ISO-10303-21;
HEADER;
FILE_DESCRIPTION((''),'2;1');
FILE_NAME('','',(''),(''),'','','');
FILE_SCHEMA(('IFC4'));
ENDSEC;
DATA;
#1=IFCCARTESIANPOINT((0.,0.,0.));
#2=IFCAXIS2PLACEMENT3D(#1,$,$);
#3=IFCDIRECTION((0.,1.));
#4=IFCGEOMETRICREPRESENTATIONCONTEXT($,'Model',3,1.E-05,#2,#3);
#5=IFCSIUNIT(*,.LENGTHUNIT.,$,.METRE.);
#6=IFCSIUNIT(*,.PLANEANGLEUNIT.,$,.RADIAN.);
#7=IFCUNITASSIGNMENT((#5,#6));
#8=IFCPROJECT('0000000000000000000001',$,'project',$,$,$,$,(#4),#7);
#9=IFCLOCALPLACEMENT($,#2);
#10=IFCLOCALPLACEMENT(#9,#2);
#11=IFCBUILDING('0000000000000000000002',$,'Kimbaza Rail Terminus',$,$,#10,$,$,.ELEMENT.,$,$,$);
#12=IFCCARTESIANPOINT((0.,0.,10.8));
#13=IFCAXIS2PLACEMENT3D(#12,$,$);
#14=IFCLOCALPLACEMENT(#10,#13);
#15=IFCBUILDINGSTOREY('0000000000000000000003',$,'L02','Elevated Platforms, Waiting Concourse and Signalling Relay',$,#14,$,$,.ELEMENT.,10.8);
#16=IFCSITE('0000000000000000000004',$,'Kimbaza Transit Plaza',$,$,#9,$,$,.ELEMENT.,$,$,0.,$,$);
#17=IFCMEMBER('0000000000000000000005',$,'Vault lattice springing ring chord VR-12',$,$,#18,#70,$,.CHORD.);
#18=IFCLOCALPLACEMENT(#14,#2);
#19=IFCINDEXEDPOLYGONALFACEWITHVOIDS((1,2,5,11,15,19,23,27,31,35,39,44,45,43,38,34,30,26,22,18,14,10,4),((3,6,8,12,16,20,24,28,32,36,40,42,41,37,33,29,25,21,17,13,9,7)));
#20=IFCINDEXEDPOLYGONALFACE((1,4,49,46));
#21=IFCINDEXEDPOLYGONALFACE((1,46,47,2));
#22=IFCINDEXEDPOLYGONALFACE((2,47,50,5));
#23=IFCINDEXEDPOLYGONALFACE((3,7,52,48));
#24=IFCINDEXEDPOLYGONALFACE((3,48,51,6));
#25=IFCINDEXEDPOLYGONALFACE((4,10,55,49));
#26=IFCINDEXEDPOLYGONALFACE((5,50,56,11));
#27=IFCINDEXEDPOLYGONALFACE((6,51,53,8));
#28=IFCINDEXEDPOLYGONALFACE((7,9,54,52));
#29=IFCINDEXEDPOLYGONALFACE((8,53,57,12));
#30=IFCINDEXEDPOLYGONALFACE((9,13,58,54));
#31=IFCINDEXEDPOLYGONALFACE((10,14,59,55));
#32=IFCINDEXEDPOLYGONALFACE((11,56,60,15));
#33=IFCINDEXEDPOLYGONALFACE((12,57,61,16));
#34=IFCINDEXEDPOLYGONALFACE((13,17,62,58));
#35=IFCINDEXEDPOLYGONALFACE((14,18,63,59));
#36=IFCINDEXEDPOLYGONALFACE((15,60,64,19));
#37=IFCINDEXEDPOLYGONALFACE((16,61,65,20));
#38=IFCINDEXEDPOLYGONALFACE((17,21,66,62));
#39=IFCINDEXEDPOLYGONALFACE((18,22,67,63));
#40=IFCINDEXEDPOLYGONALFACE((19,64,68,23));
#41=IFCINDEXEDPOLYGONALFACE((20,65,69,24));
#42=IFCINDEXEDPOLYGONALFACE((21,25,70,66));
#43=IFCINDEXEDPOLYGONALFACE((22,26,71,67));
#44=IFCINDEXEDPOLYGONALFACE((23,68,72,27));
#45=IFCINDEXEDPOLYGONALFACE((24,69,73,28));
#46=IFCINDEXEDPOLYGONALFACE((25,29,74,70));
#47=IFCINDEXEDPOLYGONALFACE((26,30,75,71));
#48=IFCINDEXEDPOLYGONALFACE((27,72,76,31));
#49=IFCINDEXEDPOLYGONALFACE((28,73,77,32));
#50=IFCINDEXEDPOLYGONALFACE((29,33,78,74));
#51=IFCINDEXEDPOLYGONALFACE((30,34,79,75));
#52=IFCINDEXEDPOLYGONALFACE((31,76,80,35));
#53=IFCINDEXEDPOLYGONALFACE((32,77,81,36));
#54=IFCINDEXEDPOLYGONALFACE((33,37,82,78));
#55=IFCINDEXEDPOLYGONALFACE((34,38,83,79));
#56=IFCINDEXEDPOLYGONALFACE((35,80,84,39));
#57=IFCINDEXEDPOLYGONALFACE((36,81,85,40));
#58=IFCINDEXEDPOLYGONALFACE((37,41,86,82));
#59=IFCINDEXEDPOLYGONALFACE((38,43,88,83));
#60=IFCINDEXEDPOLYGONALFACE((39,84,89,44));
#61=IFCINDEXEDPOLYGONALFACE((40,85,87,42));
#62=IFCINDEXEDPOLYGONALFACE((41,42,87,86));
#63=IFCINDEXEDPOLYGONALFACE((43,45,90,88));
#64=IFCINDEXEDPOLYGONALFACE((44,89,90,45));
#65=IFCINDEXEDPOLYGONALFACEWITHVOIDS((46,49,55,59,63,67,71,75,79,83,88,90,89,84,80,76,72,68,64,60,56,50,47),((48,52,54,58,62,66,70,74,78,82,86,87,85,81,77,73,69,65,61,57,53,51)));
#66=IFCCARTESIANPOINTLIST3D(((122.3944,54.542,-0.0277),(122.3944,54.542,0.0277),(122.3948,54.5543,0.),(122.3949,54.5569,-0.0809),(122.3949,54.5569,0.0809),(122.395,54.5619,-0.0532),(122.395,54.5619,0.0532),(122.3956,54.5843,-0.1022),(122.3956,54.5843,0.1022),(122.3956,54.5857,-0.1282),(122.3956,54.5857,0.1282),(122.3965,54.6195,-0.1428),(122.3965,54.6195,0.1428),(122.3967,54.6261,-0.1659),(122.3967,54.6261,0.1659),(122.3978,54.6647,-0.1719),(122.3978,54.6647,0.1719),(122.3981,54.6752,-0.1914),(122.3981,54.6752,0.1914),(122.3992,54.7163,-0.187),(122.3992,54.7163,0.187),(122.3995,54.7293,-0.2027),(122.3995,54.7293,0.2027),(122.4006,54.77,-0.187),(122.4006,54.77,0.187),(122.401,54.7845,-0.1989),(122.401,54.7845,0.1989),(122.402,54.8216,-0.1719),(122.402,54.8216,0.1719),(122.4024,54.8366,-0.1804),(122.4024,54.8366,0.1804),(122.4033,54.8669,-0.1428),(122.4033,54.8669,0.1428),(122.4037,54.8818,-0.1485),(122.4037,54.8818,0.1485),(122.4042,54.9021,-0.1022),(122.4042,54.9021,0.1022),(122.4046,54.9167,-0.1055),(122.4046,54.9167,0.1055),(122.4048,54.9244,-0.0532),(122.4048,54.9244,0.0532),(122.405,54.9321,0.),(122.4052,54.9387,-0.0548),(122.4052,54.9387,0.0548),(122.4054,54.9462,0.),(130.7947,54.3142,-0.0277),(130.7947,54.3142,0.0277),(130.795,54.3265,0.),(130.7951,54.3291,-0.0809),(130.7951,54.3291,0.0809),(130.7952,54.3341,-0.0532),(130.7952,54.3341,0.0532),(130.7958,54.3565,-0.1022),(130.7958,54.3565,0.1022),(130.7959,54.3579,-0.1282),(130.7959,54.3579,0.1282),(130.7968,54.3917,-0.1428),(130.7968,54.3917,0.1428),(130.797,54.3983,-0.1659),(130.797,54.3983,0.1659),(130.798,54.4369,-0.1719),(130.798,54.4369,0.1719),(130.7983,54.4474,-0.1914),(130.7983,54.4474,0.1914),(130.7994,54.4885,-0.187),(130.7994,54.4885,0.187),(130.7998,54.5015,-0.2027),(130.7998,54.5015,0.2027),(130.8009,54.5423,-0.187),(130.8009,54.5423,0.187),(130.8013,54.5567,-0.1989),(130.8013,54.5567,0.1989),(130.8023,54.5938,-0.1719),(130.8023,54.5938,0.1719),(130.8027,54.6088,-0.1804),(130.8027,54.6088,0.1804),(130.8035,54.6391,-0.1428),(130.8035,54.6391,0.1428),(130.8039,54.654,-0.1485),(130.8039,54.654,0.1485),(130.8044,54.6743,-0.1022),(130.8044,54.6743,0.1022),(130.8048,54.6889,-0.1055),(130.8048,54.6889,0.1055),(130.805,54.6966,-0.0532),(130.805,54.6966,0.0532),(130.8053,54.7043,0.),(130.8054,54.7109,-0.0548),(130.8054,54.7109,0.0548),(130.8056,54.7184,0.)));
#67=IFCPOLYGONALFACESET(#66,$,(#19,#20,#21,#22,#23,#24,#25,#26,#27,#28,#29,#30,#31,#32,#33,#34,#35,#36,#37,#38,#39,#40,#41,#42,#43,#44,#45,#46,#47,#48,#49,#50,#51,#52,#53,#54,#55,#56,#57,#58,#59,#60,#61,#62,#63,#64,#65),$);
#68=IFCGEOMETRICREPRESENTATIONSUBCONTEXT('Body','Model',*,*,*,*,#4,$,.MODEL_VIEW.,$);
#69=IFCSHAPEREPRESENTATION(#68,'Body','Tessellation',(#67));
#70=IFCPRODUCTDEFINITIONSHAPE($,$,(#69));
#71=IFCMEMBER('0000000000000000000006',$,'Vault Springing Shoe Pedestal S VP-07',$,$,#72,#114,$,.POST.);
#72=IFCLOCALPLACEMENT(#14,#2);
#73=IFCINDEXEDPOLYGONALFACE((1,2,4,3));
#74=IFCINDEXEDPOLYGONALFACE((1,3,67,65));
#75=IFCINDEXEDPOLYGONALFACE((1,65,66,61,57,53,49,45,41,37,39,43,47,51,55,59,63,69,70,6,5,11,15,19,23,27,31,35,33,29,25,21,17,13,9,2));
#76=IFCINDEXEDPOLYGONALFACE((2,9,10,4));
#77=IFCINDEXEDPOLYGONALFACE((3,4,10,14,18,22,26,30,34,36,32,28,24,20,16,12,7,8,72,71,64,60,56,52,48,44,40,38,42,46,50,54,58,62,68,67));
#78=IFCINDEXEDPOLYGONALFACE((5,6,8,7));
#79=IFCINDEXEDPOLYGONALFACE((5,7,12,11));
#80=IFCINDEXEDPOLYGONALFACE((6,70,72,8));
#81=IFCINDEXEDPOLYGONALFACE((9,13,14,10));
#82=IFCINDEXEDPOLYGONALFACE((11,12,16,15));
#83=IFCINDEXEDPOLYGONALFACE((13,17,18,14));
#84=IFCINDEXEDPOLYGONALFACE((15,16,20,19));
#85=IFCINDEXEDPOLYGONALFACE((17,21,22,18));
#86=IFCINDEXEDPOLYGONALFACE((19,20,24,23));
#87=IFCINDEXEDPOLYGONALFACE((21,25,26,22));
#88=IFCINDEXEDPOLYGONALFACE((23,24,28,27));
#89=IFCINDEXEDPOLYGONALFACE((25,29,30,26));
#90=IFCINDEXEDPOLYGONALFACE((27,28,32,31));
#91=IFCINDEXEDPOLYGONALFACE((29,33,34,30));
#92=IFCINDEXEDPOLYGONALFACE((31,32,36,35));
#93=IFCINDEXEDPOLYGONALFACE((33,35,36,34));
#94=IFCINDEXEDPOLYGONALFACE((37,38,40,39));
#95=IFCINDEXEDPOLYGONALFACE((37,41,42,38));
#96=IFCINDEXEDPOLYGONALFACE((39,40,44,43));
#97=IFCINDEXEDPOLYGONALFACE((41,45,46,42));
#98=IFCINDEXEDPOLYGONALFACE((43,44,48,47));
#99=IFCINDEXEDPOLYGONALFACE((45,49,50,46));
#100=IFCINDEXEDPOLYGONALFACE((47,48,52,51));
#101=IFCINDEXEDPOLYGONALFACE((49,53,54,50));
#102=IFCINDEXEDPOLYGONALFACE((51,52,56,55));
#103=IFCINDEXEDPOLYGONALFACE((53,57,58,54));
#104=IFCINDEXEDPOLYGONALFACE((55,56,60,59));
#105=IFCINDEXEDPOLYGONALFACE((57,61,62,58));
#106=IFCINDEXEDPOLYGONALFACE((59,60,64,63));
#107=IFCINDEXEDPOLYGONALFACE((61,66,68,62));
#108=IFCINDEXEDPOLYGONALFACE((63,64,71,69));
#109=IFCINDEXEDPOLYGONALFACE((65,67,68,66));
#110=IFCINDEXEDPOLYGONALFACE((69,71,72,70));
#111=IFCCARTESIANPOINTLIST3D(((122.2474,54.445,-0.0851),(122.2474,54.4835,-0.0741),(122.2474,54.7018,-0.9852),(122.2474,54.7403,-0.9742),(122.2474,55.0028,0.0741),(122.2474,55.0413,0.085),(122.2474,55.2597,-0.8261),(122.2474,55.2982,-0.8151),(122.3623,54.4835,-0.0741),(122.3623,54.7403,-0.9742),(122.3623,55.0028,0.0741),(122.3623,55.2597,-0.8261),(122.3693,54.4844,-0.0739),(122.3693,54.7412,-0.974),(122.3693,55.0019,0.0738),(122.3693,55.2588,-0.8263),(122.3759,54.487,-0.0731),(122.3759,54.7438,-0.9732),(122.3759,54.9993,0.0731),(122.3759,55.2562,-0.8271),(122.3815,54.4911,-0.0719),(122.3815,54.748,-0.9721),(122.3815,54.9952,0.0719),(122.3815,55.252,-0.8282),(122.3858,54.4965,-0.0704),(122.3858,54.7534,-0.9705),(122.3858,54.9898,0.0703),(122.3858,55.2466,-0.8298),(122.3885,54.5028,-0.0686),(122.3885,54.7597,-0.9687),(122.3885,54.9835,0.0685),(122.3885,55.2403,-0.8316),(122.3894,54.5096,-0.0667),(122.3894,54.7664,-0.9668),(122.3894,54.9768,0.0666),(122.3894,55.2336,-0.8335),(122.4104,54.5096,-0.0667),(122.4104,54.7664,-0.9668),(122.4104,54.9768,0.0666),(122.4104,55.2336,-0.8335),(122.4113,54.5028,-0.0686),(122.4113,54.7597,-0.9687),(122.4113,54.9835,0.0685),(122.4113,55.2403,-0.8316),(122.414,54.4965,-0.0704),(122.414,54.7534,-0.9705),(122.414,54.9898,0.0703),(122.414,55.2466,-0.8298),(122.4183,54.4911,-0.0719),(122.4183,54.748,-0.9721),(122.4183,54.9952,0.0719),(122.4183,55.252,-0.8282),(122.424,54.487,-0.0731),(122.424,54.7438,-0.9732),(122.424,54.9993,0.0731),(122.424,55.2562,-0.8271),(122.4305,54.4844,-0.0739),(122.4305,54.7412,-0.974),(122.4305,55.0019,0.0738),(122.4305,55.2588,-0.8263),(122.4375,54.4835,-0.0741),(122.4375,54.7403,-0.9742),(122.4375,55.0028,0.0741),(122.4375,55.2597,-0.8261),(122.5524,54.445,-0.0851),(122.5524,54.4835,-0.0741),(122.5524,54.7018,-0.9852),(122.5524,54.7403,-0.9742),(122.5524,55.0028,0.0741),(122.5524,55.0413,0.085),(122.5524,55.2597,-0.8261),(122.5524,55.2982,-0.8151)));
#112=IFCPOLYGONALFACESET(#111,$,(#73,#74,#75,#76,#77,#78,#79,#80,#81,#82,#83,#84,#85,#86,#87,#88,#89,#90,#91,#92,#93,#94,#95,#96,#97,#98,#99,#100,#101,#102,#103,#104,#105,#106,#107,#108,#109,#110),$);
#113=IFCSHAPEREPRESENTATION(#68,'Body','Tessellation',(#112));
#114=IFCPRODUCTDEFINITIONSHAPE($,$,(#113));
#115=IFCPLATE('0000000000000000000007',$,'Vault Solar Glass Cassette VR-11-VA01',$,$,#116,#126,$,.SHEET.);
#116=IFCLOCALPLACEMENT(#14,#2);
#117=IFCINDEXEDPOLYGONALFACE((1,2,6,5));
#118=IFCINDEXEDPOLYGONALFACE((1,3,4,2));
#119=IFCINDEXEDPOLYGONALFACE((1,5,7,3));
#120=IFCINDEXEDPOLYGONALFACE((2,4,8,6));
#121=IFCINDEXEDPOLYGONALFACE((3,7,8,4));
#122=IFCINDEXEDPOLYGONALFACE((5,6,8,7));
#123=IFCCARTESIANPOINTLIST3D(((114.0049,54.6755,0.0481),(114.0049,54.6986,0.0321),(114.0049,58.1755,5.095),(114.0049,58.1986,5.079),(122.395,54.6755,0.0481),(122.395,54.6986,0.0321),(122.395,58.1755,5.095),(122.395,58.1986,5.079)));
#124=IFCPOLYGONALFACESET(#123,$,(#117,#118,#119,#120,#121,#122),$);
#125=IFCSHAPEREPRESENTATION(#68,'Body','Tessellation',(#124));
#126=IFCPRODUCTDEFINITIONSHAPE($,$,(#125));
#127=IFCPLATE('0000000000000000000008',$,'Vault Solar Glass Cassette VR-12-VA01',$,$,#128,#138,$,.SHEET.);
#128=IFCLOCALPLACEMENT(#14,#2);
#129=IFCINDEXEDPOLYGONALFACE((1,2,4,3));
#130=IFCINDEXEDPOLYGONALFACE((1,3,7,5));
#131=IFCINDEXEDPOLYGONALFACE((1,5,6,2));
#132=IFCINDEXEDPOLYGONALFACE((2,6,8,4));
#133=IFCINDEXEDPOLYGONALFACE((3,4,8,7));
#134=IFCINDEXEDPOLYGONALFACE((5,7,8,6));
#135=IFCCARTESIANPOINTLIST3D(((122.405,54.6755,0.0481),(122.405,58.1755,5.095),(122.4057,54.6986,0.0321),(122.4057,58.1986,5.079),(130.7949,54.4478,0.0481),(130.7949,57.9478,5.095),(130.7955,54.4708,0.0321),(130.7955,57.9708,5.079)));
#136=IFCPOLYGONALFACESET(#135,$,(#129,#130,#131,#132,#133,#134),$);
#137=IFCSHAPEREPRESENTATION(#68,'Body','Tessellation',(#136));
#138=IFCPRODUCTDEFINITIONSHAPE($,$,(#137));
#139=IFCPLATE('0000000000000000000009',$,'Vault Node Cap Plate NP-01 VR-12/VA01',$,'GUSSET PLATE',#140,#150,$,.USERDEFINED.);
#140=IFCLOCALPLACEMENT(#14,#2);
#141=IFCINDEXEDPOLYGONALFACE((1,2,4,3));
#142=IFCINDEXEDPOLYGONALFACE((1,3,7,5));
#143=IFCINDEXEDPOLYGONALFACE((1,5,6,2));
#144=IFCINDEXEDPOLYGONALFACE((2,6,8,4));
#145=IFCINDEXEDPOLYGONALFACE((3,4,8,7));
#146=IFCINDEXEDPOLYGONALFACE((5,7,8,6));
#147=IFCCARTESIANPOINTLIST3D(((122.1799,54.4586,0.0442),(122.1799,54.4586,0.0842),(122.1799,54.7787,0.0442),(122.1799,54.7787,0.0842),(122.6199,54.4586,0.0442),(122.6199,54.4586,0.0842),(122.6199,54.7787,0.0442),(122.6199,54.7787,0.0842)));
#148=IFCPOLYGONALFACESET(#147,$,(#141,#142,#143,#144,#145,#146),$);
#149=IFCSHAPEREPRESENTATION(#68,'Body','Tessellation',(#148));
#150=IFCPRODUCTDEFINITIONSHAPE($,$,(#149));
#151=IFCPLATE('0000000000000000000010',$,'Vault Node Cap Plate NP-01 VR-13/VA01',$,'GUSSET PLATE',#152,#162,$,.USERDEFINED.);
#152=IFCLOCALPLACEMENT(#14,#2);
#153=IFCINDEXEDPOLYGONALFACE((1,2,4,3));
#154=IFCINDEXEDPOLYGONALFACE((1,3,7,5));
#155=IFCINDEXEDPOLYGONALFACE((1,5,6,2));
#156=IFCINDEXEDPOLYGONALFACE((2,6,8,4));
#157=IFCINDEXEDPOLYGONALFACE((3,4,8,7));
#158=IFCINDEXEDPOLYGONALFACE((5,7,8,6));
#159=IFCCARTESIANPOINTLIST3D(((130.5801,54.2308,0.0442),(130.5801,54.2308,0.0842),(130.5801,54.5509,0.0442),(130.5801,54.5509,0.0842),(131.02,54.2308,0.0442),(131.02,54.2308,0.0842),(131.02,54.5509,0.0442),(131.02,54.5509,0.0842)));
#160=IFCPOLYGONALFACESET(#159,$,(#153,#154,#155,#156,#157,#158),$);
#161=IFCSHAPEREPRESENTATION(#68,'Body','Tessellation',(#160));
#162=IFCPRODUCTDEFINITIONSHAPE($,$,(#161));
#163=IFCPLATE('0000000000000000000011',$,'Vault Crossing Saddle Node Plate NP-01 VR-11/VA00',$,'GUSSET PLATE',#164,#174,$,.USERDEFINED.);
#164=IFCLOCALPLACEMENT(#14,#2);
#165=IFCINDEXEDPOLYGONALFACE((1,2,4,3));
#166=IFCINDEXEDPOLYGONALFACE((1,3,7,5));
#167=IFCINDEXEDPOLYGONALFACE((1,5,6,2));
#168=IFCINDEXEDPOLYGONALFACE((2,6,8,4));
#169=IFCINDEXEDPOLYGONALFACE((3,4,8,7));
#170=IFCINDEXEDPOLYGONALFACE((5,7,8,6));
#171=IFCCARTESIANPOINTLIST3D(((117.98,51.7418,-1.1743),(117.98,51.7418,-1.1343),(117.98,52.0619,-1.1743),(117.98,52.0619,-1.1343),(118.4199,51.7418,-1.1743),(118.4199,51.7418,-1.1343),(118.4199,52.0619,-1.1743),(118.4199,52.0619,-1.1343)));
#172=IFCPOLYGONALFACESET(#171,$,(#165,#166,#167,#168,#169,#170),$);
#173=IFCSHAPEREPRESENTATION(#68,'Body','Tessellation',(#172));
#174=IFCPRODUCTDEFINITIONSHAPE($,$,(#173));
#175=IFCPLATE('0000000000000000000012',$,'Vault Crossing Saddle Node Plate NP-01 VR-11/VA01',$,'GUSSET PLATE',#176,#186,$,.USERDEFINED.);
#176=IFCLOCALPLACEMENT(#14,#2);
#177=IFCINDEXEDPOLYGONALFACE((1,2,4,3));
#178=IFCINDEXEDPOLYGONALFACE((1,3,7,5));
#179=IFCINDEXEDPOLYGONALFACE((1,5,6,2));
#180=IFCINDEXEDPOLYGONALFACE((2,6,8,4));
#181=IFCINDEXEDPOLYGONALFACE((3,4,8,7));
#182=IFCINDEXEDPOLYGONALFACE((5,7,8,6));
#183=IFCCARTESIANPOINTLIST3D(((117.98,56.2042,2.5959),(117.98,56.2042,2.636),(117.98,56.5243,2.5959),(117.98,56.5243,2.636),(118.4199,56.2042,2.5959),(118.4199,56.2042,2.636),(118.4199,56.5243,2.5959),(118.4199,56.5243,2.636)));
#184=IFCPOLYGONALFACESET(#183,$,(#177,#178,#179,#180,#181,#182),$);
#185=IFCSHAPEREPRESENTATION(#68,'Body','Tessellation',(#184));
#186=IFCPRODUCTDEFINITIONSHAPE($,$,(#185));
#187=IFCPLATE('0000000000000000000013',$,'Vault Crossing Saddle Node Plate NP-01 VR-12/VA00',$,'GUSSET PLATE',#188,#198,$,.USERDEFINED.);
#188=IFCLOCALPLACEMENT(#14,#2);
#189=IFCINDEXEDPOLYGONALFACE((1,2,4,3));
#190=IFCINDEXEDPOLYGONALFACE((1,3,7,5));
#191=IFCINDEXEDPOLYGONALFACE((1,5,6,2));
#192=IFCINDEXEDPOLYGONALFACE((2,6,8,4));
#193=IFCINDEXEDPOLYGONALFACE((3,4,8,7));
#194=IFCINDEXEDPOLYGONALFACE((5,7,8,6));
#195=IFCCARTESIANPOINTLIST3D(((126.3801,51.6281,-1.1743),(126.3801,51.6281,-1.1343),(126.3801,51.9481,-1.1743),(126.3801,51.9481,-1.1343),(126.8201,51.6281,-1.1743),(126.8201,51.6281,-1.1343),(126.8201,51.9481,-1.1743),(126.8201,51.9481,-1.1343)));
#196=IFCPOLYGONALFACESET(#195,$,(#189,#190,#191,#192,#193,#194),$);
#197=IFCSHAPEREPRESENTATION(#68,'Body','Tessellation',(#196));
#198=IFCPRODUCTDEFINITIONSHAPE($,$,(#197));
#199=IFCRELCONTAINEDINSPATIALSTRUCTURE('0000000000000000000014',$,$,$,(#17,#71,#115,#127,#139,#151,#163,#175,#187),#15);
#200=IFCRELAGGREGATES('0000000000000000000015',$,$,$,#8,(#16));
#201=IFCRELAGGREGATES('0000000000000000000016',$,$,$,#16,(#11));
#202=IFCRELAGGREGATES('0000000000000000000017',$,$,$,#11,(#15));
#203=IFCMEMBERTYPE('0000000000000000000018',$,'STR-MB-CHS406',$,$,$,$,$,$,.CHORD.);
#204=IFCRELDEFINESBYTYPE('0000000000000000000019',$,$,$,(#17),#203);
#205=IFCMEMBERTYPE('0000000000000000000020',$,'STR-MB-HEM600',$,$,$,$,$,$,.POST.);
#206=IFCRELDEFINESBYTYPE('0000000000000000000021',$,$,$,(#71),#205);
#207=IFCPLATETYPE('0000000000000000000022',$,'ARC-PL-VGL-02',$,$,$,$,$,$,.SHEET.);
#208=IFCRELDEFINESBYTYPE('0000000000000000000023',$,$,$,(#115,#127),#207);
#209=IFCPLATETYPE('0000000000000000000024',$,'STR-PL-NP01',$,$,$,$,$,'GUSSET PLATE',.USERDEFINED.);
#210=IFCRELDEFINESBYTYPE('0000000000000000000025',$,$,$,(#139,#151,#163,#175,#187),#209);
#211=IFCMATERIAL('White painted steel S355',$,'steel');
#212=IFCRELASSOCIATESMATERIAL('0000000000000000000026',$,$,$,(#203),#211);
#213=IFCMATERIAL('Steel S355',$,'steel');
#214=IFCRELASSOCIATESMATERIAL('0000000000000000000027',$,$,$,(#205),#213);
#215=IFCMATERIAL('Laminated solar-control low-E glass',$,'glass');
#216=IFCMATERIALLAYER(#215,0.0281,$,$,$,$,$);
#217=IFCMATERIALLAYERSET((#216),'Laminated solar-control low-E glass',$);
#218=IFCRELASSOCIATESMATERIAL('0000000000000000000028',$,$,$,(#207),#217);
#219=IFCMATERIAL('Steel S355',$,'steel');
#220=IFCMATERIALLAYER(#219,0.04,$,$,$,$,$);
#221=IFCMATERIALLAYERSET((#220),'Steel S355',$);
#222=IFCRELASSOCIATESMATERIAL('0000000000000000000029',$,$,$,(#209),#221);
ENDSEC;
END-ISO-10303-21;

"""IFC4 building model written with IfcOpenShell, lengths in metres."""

from ifc_helpers import new_model, si_unit, direction, frame, origin, origin_2d, place, context, subcontext, project, spatial, polyline, rectangle, hollow_circle, i_section, outline, extrude, material, layer, layer_set, material_profile, profile_set, type_object, element, save


model = new_model("IFC4")

# Units and contexts
model_context = context("Model", 3, precision=1e-05, world=origin(), true_north=direction((0.0, 1.0)))
body_context = subcontext(model_context, "Body", "Model", "MODEL_VIEW")
ifc_project = project(units=[si_unit("LENGTHUNIT", "METRE"), si_unit("PLANEANGLEUNIT", "RADIAN")], contexts=[model_context])

# Site, building, storey
site_placement = place(None, origin())
site = spatial("IfcSite", under=ifc_project, at=site_placement, Name="Kimbaza Transit Plaza", CompositionType="ELEMENT", RefElevation=0.0)
building_placement = place(site_placement, origin())
building = spatial("IfcBuilding", under=site, at=building_placement, Name="Kimbaza Rail Terminus", CompositionType="ELEMENT")
storey_placement = place(building_placement, frame((0.0, 0.0, 10.8)))
storey = spatial("IfcBuildingStorey", under=building, at=storey_placement, Name="L02", Description="Elevated Platforms, Waiting Concourse and Signalling Relay", CompositionType="ELEMENT", Elevation=10.8)

# Members
ifc_material_1 = material(Name="White painted steel S355", Category="steel")
ifc_material_profile_1 = material_profile(ifc_material_1, hollow_circle(Radius=0.2031, WallThickness=0.0142, at=origin_2d()), Name="CHS 406.4x14.2")
ifc_profile_set_1 = profile_set([ifc_material_profile_1], Name="White painted steel S355")
member_type_1 = type_object("IfcMemberType", Name="STR-MB-CHS406", PredefinedType="CHORD", material=ifc_profile_set_1)
member_1_placement = place(storey_placement, frame((122.3999, 54.7432, 0.0), z_axis=(0.999633, -0.027107, 0.0), x_axis=(0.027107, 0.999633, 0.0)))
element("IfcMember", 1, at=member_1_placement, inside=storey, type_object=member_type_1, Name="Vault lattice springing ring chord VR-12", PredefinedType="CHORD", context=body_context, shape_type="SweptSolid", body=[
    extrude(hollow_circle(Radius=0.2031, WallThickness=0.0142, at=origin_2d()), origin(), (0.0, 0.0, 1.0), 8.4033),
])
ifc_material_2 = material(Name="Steel S355", Category="steel")
ifc_material_profile_2 = material_profile(ifc_material_2, i_section(OverallWidth=0.3049, OverallDepth=0.6201, WebThickness=0.021, FlangeThickness=0.04, FilletRadius=0.0271, at=origin_2d()), Name="HEM 600")
ifc_profile_set_2 = profile_set([ifc_material_profile_2], Name="Steel S355")
member_type_2 = type_object("IfcMemberType", Name="STR-MB-HEM600", PredefinedType="POST", material=ifc_profile_set_2)
member_2_placement = place(storey_placement, frame((122.3999, 55.0, -0.9001), z_axis=(0.0, -0.274377, 0.961622), x_axis=(1.0, 0.0, 0.0)))
element("IfcMember", 2, at=member_2_placement, inside=storey, type_object=member_type_2, Name="Vault Springing Shoe Pedestal S VP-07", PredefinedType="POST", context=body_context, shape_type="SweptSolid", body=[
    extrude(i_section(OverallWidth=0.3049, OverallDepth=0.6201, WebThickness=0.021, FlangeThickness=0.04, FilletRadius=0.0271, at=origin_2d()), origin(), (0.0, 0.0, 1.0), 0.936),
])

# Plates
ifc_material_3 = material(Name="Laminated solar-control low-E glass", Category="glass")
ifc_layer_1 = layer(ifc_material_3, 0.0281)
ifc_layer_set_1 = layer_set([ifc_layer_1], Name="Laminated solar-control low-E glass")
plate_type_1 = type_object("IfcPlateType", Name="ARC-PL-VGL-02", PredefinedType="SHEET", material=ifc_layer_set_1)
plate_1_placement = place(storey_placement, frame((114.0049, 54.6755, 0.0481), z_axis=(0.0, -0.821734, 0.569871), x_axis=(1.0, 0.0, 0.0)))
element("IfcPlate", 3, at=plate_1_placement, inside=storey, type_object=plate_type_1, Name="Vault Solar Glass Cassette VR-11-VA01", PredefinedType="SHEET", context=body_context, shape_type="SweptSolid", body=[
    extrude(outline(polyline([(0.0, 0.0), (8.3901, 0.0), (8.3901, 6.1417), (0.0, 6.1417), (0.0, 0.0)])), origin(), (0.0, 0.0, -1.0), 0.0281),
])
plate_2_placement = place(storey_placement, frame((122.405, 54.6755, 0.0481), z_axis=(-0.022304, -0.82153, 0.569729), x_axis=(0.999632, -0.02714, 0.0)))
element("IfcPlate", 4, at=plate_2_placement, inside=storey, type_object=plate_type_1, Name="Vault Solar Glass Cassette VR-12-VA01", PredefinedType="SHEET", context=body_context, shape_type="SweptSolid", body=[
    extrude(outline(polyline([(0.0, 0.0), (8.393, 0.0), (8.298, 6.141), (-0.095, 6.141), (0.0, 0.0)])), origin(), (0.0, 0.0, -1.0), 0.0281),
])
ifc_material_4 = material(Name="Steel S355", Category="steel")
ifc_layer_2 = layer(ifc_material_4, 0.04)
ifc_layer_set_2 = layer_set([ifc_layer_2], Name="Steel S355")
plate_type_2 = type_object("IfcPlateType", Name="STR-PL-NP01", ElementType="GUSSET PLATE", PredefinedType="USERDEFINED", material=ifc_layer_set_2)
for number, where, z_axis, x_axis, name in (
    (5, (122.3999, 54.6187, 0.0442), (0.0, 0.0, 1.0), (1.0, 0.0, 0.0), "Vault Node Cap Plate NP-01 VR-12/VA01"),
    (6, (130.8, 54.3909, 0.0442), (0.0, 0.0, 1.0), (1.0, 0.0, 0.0), "Vault Node Cap Plate NP-01 VR-13/VA01"),
    (7, (118.2, 51.9019, -1.1743), (0.0, 0.0, 1.0), (1.0, 0.0, 0.0), "Vault Crossing Saddle Node Plate NP-01 VR-11/VA00"),
    (8, (118.2, 56.3643, 2.5959), (0.0, 0.0, 1.0), (1.0, 0.0, 0.0), "Vault Crossing Saddle Node Plate NP-01 VR-11/VA01"),
    (9, (126.6001, 51.7881, -1.1743), (0.0, 0.0, 1.0), (1.0, 0.0, 0.0), "Vault Crossing Saddle Node Plate NP-01 VR-12/VA00"),
):
    element("IfcPlate", number, at=place(storey_placement, frame(where, z_axis=z_axis, x_axis=x_axis)), inside=storey, type_object=plate_type_2, Name=name, ObjectType="GUSSET PLATE", PredefinedType="USERDEFINED", context=body_context, shape_type="SweptSolid", body=[
        extrude(rectangle(XDim=0.4399, YDim=0.3201, at=origin_2d()), origin(), (0.0, 0.0, 1.0), 0.04),
    ])

save(model, "model.ifc")
